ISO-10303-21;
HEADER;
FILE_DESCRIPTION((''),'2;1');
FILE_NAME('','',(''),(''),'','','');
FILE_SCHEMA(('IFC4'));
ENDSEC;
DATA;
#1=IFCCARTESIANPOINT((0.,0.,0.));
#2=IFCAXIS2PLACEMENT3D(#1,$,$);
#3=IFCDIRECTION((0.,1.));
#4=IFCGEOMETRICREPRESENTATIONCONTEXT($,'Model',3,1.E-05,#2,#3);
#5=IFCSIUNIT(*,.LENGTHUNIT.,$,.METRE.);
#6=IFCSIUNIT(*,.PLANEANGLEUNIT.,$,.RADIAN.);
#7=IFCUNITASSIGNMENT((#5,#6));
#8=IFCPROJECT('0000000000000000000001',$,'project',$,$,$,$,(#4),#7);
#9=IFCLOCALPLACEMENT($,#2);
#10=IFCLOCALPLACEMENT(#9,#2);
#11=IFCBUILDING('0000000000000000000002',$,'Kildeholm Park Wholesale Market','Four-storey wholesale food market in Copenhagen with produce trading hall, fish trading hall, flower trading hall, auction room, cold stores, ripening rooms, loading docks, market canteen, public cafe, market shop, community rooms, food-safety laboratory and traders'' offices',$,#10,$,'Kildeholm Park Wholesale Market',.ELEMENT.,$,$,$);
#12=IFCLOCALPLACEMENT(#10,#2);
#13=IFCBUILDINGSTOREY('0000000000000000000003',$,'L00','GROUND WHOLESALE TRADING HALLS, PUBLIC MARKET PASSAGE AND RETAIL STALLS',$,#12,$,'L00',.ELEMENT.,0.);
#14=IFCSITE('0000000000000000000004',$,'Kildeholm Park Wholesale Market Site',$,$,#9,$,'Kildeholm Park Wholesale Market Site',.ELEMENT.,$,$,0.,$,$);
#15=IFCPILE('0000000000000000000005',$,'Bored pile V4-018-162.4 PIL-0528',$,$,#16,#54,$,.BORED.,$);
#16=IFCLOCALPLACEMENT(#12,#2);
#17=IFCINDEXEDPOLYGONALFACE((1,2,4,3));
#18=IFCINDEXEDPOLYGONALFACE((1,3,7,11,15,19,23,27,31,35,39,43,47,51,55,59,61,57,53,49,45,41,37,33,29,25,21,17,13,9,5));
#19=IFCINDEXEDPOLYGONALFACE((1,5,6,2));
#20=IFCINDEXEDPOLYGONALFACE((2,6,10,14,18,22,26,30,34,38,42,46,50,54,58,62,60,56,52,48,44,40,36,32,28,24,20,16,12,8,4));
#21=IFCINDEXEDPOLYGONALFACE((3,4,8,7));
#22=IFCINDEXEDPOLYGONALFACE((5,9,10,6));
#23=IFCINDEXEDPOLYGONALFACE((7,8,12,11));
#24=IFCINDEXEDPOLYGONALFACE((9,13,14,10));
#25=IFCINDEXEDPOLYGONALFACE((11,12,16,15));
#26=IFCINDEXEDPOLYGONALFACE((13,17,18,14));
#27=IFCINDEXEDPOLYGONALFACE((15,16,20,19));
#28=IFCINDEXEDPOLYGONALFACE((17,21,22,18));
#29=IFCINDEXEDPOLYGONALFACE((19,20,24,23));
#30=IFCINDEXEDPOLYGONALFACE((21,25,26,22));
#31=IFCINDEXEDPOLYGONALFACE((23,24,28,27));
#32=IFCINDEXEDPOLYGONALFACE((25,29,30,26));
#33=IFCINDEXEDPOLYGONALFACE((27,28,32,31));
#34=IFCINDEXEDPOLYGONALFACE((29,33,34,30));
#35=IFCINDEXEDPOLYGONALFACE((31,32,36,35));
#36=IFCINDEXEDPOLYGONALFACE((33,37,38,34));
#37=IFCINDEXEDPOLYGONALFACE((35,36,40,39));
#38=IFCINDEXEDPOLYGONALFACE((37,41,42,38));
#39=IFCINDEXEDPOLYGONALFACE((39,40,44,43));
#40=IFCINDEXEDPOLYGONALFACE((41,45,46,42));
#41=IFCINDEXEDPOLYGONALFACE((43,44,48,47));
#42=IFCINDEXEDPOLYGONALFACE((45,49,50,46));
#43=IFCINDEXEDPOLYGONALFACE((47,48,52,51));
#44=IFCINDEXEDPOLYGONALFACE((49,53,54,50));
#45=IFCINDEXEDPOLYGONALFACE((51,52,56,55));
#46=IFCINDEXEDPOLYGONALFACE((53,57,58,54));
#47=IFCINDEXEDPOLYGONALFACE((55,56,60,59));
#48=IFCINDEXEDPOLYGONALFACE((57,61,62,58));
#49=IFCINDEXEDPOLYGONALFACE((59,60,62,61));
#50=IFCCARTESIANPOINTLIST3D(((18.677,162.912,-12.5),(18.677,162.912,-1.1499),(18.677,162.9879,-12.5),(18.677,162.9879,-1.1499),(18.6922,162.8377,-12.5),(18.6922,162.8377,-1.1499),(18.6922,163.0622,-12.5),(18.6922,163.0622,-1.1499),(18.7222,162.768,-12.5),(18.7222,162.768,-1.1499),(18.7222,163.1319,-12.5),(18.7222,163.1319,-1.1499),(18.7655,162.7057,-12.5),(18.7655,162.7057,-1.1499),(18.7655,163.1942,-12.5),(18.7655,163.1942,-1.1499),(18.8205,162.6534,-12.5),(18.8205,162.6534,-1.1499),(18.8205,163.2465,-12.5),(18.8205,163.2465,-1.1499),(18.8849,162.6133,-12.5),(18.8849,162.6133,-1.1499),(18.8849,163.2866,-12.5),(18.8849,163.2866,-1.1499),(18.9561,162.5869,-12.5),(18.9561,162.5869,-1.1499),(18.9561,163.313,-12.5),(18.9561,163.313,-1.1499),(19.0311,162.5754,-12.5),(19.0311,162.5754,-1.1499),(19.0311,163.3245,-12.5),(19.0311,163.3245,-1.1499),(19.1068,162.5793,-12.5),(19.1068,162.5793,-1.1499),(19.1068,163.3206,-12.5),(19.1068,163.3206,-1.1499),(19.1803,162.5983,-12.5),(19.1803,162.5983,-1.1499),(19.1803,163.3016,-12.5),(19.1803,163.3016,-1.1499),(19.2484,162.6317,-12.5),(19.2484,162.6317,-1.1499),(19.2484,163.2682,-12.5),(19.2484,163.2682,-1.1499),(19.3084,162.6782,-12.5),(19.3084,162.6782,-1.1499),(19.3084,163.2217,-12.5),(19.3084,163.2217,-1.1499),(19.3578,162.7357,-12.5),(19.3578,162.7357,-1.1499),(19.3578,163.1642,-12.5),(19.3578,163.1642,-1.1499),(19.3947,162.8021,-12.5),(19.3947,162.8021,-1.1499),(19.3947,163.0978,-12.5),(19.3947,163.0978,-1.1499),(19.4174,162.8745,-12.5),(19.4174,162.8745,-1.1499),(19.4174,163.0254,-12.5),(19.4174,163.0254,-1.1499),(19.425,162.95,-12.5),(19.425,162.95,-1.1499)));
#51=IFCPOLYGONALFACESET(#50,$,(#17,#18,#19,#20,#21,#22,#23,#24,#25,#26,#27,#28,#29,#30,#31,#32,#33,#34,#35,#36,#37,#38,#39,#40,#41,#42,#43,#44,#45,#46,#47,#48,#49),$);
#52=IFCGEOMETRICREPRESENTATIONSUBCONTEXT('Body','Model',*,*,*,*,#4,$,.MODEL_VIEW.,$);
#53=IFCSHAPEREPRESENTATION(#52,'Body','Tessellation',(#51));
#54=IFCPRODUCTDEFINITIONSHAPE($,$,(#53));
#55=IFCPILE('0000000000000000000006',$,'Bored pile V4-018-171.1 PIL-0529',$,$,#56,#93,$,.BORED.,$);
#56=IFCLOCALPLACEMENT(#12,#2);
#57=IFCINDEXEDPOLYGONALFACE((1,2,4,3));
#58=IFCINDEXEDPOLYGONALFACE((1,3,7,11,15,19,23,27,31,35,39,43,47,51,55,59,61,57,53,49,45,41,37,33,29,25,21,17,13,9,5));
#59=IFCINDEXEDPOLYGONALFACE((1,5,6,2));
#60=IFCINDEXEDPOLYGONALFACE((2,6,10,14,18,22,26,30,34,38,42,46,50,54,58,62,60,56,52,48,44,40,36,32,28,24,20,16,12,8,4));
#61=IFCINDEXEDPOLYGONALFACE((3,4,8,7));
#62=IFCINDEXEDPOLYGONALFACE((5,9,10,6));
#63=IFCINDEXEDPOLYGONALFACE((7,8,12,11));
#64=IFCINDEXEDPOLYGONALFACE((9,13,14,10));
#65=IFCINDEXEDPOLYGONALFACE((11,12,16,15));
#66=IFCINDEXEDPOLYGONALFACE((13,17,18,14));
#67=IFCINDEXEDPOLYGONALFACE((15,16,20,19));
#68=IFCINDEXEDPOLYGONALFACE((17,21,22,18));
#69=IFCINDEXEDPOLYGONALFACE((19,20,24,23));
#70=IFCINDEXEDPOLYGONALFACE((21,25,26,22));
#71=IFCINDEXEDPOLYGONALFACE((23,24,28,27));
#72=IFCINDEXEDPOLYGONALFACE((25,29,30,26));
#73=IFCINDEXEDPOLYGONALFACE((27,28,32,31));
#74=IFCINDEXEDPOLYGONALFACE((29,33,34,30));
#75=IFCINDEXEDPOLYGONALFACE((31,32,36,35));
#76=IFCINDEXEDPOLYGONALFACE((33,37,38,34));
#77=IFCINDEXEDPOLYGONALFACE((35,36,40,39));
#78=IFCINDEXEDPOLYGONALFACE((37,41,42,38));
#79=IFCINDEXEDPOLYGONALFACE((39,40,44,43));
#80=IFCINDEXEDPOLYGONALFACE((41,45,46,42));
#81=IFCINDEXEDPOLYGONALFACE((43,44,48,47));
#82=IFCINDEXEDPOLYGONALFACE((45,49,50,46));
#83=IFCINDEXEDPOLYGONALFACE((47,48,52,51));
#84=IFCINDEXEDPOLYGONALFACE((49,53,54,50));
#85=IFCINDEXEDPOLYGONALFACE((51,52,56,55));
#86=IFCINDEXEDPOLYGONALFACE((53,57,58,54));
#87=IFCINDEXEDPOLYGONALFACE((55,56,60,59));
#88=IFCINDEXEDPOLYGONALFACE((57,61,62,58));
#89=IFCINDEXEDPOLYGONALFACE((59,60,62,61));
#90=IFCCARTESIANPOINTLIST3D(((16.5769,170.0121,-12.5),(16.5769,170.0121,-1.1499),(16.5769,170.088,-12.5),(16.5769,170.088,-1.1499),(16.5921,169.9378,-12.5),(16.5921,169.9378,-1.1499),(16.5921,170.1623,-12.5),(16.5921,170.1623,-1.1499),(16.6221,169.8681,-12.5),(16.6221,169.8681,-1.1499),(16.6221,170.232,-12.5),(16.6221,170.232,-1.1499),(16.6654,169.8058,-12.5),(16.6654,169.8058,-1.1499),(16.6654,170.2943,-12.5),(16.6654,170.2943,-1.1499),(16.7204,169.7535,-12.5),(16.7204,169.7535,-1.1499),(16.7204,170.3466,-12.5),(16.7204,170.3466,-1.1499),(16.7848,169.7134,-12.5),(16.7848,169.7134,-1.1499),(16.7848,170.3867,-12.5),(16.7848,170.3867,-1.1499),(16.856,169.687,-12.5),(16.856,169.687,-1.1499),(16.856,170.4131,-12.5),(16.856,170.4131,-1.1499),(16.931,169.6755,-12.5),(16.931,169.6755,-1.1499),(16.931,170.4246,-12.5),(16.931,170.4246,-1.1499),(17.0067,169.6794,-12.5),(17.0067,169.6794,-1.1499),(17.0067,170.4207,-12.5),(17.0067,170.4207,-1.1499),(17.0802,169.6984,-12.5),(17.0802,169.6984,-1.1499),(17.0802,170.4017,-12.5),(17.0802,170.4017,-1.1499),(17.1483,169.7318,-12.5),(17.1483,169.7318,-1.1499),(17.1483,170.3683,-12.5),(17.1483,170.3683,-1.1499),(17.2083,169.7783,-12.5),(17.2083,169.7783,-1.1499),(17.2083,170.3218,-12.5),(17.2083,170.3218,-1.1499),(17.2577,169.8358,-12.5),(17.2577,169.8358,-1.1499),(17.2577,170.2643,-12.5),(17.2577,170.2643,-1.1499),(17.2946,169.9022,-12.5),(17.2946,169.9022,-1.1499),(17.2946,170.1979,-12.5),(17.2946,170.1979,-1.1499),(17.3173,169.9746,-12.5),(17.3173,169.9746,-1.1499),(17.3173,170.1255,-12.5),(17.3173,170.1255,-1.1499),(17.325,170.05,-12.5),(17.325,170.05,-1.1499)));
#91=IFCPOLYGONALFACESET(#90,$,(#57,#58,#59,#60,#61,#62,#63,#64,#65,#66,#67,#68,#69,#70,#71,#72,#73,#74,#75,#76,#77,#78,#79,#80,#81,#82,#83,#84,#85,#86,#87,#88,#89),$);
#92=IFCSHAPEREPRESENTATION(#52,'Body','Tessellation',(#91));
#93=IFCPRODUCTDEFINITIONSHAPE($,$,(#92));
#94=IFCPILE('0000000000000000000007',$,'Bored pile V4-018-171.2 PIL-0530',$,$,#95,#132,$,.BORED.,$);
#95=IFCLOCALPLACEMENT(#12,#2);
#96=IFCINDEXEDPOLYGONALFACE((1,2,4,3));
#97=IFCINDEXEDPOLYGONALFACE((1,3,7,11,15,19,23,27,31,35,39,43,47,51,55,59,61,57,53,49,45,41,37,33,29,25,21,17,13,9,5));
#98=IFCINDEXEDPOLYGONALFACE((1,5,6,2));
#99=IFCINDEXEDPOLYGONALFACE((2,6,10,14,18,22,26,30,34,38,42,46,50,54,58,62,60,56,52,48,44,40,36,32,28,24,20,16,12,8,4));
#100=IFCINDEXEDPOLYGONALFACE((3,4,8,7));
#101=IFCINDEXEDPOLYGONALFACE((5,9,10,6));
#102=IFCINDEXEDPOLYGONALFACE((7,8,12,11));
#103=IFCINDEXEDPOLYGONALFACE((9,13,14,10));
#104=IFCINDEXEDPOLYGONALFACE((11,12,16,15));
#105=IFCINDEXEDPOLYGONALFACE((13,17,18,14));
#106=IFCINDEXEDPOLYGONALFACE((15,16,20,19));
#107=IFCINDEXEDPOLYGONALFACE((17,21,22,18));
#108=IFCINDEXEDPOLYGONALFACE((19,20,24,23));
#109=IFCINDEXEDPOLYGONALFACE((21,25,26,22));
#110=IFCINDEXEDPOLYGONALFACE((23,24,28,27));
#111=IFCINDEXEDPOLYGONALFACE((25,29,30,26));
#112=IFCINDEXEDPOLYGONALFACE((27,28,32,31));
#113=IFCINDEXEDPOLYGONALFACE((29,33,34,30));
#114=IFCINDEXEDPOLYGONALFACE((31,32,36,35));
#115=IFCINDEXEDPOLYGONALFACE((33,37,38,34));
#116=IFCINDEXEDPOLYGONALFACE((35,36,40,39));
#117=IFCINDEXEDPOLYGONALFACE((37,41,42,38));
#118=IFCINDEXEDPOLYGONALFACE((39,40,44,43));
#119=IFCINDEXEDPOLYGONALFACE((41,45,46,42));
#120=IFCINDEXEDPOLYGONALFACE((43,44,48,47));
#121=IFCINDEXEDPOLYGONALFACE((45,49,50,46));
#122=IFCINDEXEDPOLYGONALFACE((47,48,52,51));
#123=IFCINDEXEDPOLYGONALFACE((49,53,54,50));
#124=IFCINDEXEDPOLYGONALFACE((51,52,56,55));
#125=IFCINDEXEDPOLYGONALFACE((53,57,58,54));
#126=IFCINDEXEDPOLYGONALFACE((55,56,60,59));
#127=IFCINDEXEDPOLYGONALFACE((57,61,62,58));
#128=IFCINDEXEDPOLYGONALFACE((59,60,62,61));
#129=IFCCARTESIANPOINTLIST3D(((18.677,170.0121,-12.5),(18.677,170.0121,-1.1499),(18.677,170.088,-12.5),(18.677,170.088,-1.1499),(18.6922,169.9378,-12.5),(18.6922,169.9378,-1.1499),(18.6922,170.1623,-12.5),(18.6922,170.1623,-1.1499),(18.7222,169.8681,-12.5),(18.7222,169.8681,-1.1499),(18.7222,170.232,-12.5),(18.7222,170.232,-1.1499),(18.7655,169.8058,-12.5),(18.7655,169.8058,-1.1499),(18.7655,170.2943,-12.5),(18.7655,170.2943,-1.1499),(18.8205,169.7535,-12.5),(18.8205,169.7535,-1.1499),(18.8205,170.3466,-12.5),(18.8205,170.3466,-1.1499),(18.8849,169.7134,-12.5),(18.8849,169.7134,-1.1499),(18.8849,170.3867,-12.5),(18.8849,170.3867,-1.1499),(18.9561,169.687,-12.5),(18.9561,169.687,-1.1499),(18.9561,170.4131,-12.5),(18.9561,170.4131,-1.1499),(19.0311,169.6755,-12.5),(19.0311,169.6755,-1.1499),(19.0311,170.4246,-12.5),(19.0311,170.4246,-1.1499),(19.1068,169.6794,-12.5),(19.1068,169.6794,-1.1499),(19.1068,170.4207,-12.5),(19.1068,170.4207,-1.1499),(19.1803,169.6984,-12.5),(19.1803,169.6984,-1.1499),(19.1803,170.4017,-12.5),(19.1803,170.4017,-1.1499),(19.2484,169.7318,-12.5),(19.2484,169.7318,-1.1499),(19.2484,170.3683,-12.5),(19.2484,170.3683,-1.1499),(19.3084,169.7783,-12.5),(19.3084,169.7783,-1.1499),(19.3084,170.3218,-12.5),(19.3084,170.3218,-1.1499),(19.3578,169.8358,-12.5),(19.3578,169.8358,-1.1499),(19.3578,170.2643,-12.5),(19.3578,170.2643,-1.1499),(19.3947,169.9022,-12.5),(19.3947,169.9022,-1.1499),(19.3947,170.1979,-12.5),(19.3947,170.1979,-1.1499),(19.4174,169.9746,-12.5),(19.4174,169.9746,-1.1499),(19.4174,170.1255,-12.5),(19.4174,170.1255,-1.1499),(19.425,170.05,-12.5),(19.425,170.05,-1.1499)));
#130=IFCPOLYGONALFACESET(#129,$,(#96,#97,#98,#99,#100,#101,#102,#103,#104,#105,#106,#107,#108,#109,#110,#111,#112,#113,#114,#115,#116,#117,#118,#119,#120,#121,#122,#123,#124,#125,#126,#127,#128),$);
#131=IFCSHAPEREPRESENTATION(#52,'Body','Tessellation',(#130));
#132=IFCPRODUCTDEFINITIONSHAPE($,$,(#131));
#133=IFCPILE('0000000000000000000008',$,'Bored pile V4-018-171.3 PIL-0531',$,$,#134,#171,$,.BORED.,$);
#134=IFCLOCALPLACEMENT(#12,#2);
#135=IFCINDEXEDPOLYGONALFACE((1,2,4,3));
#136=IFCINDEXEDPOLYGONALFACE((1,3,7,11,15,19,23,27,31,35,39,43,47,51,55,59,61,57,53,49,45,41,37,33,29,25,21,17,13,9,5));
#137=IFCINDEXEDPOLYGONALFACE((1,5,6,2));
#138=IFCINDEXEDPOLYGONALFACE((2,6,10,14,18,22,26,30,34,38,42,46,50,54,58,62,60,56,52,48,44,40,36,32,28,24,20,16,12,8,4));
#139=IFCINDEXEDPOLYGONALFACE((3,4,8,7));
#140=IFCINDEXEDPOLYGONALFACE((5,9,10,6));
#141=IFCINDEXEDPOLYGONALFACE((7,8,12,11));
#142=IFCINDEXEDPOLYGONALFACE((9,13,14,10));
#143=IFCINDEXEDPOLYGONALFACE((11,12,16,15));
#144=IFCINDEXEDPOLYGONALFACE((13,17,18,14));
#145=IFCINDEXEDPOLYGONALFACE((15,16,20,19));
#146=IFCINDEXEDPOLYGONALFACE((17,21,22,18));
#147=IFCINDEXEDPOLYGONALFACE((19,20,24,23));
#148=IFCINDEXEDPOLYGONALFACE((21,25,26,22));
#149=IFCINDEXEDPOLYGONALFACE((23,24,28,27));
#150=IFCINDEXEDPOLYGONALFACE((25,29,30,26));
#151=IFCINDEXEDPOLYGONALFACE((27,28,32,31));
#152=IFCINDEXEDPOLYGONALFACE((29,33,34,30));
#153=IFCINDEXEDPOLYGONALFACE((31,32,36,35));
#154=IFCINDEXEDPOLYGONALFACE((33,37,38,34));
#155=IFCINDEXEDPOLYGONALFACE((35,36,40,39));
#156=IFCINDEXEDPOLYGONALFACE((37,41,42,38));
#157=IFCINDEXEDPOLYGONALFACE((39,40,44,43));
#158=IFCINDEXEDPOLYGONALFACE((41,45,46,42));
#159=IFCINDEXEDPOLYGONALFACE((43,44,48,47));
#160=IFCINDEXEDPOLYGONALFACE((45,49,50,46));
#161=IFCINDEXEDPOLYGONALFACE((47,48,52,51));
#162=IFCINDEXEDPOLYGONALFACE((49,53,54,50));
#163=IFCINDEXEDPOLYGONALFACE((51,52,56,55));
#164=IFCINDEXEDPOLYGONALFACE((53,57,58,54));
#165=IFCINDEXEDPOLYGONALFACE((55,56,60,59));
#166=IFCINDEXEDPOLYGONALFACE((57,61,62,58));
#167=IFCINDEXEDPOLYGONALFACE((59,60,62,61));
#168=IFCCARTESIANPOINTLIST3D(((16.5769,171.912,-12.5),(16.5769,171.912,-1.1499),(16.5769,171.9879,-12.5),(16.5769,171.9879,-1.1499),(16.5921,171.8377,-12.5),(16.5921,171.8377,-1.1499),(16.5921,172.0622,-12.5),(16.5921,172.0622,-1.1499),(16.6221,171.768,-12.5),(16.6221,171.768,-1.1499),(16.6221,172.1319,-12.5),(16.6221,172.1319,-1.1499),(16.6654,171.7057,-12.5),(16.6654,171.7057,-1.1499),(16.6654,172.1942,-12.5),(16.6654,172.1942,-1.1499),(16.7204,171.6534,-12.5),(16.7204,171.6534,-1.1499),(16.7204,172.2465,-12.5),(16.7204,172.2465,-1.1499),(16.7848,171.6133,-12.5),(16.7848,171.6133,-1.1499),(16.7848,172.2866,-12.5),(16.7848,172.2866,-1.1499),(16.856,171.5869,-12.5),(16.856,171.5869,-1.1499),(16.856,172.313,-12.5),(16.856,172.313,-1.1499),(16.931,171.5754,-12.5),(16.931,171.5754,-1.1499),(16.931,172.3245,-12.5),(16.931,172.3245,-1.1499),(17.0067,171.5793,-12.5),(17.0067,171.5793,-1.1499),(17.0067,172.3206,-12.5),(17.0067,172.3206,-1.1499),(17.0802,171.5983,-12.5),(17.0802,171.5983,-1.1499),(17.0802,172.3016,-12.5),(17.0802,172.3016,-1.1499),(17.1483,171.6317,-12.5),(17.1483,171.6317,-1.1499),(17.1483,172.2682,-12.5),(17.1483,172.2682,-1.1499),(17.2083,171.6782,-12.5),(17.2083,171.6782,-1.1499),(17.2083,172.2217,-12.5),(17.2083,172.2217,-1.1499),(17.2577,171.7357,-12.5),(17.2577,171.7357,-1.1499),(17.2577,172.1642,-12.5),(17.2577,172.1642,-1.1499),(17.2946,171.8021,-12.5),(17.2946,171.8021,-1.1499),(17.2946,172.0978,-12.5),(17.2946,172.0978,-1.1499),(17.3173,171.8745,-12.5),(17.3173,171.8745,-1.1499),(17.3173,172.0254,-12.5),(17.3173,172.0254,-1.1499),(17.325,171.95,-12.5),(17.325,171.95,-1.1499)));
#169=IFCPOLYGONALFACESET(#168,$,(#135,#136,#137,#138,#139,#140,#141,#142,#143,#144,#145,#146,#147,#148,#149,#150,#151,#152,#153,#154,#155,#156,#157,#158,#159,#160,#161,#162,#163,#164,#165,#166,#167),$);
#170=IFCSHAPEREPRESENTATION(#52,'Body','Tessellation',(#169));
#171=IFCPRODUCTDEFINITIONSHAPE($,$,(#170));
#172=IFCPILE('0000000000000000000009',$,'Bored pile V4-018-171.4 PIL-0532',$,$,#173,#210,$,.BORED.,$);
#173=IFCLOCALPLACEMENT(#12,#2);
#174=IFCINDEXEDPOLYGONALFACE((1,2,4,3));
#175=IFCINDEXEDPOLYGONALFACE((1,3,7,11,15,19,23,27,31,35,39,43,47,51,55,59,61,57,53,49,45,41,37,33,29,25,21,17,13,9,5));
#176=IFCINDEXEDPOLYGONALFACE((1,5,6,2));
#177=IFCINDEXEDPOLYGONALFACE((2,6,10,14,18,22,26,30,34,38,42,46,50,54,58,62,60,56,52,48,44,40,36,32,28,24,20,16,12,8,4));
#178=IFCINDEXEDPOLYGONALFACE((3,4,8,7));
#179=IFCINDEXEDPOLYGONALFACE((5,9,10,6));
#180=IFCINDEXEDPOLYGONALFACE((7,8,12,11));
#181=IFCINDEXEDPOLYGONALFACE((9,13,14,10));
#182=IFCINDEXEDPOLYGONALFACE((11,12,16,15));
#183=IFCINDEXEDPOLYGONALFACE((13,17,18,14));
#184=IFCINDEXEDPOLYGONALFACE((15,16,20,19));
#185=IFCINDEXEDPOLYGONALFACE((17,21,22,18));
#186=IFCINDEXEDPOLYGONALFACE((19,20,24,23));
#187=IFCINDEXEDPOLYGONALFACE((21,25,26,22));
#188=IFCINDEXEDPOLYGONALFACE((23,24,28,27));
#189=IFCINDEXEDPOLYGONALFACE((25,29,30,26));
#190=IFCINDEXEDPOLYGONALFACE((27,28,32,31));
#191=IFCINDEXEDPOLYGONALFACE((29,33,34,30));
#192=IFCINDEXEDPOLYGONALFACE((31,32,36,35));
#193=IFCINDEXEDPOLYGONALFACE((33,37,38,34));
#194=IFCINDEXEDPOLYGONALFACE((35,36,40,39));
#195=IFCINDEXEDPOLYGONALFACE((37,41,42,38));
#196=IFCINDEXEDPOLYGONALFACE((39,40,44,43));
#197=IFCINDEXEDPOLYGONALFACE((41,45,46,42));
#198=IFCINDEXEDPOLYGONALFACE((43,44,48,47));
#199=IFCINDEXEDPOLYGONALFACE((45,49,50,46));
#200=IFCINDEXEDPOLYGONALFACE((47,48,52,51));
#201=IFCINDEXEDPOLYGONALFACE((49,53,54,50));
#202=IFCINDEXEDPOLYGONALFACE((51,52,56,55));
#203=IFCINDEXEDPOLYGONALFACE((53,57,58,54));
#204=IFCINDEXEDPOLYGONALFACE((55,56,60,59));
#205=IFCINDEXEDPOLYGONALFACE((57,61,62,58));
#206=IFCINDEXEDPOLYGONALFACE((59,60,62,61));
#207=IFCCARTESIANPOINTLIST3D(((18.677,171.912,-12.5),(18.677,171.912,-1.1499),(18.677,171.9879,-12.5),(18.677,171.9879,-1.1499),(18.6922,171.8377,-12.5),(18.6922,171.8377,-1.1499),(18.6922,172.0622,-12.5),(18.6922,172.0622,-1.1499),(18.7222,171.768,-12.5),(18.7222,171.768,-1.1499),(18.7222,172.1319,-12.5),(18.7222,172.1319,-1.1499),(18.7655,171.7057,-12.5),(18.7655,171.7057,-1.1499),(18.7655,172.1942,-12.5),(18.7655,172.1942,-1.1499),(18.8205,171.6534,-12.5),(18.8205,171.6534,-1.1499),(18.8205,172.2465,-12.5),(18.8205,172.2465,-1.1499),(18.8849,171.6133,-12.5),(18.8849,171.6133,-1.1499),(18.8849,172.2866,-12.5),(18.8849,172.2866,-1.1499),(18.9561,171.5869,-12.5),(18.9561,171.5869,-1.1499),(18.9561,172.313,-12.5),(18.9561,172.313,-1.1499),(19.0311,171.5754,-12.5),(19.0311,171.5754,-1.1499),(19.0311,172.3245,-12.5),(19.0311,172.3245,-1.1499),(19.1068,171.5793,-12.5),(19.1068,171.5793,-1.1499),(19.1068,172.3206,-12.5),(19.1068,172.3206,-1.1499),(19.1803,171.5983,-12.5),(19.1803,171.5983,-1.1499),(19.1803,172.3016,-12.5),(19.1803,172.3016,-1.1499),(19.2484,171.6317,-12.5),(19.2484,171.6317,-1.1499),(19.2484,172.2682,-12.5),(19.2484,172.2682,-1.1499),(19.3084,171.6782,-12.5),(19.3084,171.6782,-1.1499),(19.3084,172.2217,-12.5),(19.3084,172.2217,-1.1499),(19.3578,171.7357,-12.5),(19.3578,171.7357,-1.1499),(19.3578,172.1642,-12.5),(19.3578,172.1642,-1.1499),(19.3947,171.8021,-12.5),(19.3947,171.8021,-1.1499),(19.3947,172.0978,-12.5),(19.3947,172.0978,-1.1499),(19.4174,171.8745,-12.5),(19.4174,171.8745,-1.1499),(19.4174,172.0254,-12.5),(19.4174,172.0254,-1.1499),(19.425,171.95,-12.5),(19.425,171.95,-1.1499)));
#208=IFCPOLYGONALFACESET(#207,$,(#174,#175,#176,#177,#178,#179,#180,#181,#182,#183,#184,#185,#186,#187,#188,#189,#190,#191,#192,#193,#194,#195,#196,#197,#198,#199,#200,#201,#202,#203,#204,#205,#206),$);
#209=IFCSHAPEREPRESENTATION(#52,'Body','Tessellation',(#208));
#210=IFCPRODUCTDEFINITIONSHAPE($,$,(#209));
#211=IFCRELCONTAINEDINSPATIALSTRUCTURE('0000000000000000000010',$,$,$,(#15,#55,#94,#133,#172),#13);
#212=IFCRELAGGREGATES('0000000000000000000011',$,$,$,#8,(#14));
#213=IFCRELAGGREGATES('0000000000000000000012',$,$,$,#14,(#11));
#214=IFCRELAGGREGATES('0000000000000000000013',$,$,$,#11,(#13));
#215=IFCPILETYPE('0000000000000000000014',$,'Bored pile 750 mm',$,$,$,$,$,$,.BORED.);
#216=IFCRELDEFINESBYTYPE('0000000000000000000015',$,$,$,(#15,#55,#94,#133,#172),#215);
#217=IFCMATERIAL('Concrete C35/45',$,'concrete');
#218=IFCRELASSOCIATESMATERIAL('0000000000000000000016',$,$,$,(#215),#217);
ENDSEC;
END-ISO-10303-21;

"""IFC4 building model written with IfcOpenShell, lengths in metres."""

from ifc_helpers import new_model, si_unit, direction, frame, origin, origin_2d, place, context, subcontext, project, spatial, circle, extrude, material, material_profile, profile_set, type_object, element, save


model = new_model("IFC4")

# Units and contexts
model_context = context("Model", 3, precision=1e-05, world=origin(), true_north=direction((0.0, 1.0)))
body_context = subcontext(model_context, "Body", "Model", "MODEL_VIEW")
ifc_project = project(units=[si_unit("LENGTHUNIT", "METRE"), si_unit("PLANEANGLEUNIT", "RADIAN")], contexts=[model_context])

# Site, building, storey
site_placement = place(None, origin())
site = spatial("IfcSite", under=ifc_project, at=site_placement, Name="Kildeholm Park Wholesale Market Site", LongName="Kildeholm Park Wholesale Market Site", CompositionType="ELEMENT", RefElevation=0.0)
building_placement = place(site_placement, origin())
building = spatial("IfcBuilding", under=site, at=building_placement, Name="Kildeholm Park Wholesale Market", Description="Four-storey wholesale food market in Copenhagen with produce trading hall, fish trading hall, flower trading hall, auction room, cold stores, ripening rooms, loading docks, market canteen, public cafe, market shop, community rooms, food-safety laboratory and traders' offices", LongName="Kildeholm Park Wholesale Market", CompositionType="ELEMENT")
storey_placement = place(building_placement, origin())
storey = spatial("IfcBuildingStorey", under=building, at=storey_placement, Name="L00", Description="GROUND WHOLESALE TRADING HALLS, PUBLIC MARKET PASSAGE AND RETAIL STALLS", LongName="L00", CompositionType="ELEMENT", Elevation=0.0)

# Piles
ifc_material_1 = material(Name="Concrete C35/45", Category="concrete")
ifc_material_profile_1 = material_profile(ifc_material_1, circle(Radius=0.375, at=origin_2d()), Name="PILE D750")
ifc_profile_set_1 = profile_set([ifc_material_profile_1], Name="Concrete C35/45")
pile_type = type_object("IfcPileType", Name="Bored pile 750 mm", PredefinedType="BORED", material=ifc_profile_set_1)
for number, where, z_axis, x_axis, name in (
    (1, (19.05, 162.95, -1.1499), (0.0, 0.0, -1.0), (1.0, 0.0, 0.0), "Bored pile V4-018-162.4 PIL-0528"),
    (2, (16.95, 170.05, -1.1499), (0.0, 0.0, -1.0), (1.0, 0.0, 0.0), "Bored pile V4-018-171.1 PIL-0529"),
    (3, (19.05, 170.05, -1.1499), (0.0, 0.0, -1.0), (1.0, 0.0, 0.0), "Bored pile V4-018-171.2 PIL-0530"),
    (4, (16.95, 171.95, -1.1499), (0.0, 0.0, -1.0), (1.0, 0.0, 0.0), "Bored pile V4-018-171.3 PIL-0531"),
    (5, (19.05, 171.95, -1.1499), (0.0, 0.0, -1.0), (1.0, 0.0, 0.0), "Bored pile V4-018-171.4 PIL-0532"),
):
    element("IfcPile", number, at=place(storey_placement, frame(where, z_axis=z_axis, x_axis=x_axis)), inside=storey, type_object=pile_type, Name=name, PredefinedType="BORED", context=body_context, shape_type="SweptSolid", body=[
        extrude(circle(Radius=0.375, at=origin_2d()), origin(), (0.0, 0.0, 1.0), 11.3501),
    ])

save(model, "model.ifc")
